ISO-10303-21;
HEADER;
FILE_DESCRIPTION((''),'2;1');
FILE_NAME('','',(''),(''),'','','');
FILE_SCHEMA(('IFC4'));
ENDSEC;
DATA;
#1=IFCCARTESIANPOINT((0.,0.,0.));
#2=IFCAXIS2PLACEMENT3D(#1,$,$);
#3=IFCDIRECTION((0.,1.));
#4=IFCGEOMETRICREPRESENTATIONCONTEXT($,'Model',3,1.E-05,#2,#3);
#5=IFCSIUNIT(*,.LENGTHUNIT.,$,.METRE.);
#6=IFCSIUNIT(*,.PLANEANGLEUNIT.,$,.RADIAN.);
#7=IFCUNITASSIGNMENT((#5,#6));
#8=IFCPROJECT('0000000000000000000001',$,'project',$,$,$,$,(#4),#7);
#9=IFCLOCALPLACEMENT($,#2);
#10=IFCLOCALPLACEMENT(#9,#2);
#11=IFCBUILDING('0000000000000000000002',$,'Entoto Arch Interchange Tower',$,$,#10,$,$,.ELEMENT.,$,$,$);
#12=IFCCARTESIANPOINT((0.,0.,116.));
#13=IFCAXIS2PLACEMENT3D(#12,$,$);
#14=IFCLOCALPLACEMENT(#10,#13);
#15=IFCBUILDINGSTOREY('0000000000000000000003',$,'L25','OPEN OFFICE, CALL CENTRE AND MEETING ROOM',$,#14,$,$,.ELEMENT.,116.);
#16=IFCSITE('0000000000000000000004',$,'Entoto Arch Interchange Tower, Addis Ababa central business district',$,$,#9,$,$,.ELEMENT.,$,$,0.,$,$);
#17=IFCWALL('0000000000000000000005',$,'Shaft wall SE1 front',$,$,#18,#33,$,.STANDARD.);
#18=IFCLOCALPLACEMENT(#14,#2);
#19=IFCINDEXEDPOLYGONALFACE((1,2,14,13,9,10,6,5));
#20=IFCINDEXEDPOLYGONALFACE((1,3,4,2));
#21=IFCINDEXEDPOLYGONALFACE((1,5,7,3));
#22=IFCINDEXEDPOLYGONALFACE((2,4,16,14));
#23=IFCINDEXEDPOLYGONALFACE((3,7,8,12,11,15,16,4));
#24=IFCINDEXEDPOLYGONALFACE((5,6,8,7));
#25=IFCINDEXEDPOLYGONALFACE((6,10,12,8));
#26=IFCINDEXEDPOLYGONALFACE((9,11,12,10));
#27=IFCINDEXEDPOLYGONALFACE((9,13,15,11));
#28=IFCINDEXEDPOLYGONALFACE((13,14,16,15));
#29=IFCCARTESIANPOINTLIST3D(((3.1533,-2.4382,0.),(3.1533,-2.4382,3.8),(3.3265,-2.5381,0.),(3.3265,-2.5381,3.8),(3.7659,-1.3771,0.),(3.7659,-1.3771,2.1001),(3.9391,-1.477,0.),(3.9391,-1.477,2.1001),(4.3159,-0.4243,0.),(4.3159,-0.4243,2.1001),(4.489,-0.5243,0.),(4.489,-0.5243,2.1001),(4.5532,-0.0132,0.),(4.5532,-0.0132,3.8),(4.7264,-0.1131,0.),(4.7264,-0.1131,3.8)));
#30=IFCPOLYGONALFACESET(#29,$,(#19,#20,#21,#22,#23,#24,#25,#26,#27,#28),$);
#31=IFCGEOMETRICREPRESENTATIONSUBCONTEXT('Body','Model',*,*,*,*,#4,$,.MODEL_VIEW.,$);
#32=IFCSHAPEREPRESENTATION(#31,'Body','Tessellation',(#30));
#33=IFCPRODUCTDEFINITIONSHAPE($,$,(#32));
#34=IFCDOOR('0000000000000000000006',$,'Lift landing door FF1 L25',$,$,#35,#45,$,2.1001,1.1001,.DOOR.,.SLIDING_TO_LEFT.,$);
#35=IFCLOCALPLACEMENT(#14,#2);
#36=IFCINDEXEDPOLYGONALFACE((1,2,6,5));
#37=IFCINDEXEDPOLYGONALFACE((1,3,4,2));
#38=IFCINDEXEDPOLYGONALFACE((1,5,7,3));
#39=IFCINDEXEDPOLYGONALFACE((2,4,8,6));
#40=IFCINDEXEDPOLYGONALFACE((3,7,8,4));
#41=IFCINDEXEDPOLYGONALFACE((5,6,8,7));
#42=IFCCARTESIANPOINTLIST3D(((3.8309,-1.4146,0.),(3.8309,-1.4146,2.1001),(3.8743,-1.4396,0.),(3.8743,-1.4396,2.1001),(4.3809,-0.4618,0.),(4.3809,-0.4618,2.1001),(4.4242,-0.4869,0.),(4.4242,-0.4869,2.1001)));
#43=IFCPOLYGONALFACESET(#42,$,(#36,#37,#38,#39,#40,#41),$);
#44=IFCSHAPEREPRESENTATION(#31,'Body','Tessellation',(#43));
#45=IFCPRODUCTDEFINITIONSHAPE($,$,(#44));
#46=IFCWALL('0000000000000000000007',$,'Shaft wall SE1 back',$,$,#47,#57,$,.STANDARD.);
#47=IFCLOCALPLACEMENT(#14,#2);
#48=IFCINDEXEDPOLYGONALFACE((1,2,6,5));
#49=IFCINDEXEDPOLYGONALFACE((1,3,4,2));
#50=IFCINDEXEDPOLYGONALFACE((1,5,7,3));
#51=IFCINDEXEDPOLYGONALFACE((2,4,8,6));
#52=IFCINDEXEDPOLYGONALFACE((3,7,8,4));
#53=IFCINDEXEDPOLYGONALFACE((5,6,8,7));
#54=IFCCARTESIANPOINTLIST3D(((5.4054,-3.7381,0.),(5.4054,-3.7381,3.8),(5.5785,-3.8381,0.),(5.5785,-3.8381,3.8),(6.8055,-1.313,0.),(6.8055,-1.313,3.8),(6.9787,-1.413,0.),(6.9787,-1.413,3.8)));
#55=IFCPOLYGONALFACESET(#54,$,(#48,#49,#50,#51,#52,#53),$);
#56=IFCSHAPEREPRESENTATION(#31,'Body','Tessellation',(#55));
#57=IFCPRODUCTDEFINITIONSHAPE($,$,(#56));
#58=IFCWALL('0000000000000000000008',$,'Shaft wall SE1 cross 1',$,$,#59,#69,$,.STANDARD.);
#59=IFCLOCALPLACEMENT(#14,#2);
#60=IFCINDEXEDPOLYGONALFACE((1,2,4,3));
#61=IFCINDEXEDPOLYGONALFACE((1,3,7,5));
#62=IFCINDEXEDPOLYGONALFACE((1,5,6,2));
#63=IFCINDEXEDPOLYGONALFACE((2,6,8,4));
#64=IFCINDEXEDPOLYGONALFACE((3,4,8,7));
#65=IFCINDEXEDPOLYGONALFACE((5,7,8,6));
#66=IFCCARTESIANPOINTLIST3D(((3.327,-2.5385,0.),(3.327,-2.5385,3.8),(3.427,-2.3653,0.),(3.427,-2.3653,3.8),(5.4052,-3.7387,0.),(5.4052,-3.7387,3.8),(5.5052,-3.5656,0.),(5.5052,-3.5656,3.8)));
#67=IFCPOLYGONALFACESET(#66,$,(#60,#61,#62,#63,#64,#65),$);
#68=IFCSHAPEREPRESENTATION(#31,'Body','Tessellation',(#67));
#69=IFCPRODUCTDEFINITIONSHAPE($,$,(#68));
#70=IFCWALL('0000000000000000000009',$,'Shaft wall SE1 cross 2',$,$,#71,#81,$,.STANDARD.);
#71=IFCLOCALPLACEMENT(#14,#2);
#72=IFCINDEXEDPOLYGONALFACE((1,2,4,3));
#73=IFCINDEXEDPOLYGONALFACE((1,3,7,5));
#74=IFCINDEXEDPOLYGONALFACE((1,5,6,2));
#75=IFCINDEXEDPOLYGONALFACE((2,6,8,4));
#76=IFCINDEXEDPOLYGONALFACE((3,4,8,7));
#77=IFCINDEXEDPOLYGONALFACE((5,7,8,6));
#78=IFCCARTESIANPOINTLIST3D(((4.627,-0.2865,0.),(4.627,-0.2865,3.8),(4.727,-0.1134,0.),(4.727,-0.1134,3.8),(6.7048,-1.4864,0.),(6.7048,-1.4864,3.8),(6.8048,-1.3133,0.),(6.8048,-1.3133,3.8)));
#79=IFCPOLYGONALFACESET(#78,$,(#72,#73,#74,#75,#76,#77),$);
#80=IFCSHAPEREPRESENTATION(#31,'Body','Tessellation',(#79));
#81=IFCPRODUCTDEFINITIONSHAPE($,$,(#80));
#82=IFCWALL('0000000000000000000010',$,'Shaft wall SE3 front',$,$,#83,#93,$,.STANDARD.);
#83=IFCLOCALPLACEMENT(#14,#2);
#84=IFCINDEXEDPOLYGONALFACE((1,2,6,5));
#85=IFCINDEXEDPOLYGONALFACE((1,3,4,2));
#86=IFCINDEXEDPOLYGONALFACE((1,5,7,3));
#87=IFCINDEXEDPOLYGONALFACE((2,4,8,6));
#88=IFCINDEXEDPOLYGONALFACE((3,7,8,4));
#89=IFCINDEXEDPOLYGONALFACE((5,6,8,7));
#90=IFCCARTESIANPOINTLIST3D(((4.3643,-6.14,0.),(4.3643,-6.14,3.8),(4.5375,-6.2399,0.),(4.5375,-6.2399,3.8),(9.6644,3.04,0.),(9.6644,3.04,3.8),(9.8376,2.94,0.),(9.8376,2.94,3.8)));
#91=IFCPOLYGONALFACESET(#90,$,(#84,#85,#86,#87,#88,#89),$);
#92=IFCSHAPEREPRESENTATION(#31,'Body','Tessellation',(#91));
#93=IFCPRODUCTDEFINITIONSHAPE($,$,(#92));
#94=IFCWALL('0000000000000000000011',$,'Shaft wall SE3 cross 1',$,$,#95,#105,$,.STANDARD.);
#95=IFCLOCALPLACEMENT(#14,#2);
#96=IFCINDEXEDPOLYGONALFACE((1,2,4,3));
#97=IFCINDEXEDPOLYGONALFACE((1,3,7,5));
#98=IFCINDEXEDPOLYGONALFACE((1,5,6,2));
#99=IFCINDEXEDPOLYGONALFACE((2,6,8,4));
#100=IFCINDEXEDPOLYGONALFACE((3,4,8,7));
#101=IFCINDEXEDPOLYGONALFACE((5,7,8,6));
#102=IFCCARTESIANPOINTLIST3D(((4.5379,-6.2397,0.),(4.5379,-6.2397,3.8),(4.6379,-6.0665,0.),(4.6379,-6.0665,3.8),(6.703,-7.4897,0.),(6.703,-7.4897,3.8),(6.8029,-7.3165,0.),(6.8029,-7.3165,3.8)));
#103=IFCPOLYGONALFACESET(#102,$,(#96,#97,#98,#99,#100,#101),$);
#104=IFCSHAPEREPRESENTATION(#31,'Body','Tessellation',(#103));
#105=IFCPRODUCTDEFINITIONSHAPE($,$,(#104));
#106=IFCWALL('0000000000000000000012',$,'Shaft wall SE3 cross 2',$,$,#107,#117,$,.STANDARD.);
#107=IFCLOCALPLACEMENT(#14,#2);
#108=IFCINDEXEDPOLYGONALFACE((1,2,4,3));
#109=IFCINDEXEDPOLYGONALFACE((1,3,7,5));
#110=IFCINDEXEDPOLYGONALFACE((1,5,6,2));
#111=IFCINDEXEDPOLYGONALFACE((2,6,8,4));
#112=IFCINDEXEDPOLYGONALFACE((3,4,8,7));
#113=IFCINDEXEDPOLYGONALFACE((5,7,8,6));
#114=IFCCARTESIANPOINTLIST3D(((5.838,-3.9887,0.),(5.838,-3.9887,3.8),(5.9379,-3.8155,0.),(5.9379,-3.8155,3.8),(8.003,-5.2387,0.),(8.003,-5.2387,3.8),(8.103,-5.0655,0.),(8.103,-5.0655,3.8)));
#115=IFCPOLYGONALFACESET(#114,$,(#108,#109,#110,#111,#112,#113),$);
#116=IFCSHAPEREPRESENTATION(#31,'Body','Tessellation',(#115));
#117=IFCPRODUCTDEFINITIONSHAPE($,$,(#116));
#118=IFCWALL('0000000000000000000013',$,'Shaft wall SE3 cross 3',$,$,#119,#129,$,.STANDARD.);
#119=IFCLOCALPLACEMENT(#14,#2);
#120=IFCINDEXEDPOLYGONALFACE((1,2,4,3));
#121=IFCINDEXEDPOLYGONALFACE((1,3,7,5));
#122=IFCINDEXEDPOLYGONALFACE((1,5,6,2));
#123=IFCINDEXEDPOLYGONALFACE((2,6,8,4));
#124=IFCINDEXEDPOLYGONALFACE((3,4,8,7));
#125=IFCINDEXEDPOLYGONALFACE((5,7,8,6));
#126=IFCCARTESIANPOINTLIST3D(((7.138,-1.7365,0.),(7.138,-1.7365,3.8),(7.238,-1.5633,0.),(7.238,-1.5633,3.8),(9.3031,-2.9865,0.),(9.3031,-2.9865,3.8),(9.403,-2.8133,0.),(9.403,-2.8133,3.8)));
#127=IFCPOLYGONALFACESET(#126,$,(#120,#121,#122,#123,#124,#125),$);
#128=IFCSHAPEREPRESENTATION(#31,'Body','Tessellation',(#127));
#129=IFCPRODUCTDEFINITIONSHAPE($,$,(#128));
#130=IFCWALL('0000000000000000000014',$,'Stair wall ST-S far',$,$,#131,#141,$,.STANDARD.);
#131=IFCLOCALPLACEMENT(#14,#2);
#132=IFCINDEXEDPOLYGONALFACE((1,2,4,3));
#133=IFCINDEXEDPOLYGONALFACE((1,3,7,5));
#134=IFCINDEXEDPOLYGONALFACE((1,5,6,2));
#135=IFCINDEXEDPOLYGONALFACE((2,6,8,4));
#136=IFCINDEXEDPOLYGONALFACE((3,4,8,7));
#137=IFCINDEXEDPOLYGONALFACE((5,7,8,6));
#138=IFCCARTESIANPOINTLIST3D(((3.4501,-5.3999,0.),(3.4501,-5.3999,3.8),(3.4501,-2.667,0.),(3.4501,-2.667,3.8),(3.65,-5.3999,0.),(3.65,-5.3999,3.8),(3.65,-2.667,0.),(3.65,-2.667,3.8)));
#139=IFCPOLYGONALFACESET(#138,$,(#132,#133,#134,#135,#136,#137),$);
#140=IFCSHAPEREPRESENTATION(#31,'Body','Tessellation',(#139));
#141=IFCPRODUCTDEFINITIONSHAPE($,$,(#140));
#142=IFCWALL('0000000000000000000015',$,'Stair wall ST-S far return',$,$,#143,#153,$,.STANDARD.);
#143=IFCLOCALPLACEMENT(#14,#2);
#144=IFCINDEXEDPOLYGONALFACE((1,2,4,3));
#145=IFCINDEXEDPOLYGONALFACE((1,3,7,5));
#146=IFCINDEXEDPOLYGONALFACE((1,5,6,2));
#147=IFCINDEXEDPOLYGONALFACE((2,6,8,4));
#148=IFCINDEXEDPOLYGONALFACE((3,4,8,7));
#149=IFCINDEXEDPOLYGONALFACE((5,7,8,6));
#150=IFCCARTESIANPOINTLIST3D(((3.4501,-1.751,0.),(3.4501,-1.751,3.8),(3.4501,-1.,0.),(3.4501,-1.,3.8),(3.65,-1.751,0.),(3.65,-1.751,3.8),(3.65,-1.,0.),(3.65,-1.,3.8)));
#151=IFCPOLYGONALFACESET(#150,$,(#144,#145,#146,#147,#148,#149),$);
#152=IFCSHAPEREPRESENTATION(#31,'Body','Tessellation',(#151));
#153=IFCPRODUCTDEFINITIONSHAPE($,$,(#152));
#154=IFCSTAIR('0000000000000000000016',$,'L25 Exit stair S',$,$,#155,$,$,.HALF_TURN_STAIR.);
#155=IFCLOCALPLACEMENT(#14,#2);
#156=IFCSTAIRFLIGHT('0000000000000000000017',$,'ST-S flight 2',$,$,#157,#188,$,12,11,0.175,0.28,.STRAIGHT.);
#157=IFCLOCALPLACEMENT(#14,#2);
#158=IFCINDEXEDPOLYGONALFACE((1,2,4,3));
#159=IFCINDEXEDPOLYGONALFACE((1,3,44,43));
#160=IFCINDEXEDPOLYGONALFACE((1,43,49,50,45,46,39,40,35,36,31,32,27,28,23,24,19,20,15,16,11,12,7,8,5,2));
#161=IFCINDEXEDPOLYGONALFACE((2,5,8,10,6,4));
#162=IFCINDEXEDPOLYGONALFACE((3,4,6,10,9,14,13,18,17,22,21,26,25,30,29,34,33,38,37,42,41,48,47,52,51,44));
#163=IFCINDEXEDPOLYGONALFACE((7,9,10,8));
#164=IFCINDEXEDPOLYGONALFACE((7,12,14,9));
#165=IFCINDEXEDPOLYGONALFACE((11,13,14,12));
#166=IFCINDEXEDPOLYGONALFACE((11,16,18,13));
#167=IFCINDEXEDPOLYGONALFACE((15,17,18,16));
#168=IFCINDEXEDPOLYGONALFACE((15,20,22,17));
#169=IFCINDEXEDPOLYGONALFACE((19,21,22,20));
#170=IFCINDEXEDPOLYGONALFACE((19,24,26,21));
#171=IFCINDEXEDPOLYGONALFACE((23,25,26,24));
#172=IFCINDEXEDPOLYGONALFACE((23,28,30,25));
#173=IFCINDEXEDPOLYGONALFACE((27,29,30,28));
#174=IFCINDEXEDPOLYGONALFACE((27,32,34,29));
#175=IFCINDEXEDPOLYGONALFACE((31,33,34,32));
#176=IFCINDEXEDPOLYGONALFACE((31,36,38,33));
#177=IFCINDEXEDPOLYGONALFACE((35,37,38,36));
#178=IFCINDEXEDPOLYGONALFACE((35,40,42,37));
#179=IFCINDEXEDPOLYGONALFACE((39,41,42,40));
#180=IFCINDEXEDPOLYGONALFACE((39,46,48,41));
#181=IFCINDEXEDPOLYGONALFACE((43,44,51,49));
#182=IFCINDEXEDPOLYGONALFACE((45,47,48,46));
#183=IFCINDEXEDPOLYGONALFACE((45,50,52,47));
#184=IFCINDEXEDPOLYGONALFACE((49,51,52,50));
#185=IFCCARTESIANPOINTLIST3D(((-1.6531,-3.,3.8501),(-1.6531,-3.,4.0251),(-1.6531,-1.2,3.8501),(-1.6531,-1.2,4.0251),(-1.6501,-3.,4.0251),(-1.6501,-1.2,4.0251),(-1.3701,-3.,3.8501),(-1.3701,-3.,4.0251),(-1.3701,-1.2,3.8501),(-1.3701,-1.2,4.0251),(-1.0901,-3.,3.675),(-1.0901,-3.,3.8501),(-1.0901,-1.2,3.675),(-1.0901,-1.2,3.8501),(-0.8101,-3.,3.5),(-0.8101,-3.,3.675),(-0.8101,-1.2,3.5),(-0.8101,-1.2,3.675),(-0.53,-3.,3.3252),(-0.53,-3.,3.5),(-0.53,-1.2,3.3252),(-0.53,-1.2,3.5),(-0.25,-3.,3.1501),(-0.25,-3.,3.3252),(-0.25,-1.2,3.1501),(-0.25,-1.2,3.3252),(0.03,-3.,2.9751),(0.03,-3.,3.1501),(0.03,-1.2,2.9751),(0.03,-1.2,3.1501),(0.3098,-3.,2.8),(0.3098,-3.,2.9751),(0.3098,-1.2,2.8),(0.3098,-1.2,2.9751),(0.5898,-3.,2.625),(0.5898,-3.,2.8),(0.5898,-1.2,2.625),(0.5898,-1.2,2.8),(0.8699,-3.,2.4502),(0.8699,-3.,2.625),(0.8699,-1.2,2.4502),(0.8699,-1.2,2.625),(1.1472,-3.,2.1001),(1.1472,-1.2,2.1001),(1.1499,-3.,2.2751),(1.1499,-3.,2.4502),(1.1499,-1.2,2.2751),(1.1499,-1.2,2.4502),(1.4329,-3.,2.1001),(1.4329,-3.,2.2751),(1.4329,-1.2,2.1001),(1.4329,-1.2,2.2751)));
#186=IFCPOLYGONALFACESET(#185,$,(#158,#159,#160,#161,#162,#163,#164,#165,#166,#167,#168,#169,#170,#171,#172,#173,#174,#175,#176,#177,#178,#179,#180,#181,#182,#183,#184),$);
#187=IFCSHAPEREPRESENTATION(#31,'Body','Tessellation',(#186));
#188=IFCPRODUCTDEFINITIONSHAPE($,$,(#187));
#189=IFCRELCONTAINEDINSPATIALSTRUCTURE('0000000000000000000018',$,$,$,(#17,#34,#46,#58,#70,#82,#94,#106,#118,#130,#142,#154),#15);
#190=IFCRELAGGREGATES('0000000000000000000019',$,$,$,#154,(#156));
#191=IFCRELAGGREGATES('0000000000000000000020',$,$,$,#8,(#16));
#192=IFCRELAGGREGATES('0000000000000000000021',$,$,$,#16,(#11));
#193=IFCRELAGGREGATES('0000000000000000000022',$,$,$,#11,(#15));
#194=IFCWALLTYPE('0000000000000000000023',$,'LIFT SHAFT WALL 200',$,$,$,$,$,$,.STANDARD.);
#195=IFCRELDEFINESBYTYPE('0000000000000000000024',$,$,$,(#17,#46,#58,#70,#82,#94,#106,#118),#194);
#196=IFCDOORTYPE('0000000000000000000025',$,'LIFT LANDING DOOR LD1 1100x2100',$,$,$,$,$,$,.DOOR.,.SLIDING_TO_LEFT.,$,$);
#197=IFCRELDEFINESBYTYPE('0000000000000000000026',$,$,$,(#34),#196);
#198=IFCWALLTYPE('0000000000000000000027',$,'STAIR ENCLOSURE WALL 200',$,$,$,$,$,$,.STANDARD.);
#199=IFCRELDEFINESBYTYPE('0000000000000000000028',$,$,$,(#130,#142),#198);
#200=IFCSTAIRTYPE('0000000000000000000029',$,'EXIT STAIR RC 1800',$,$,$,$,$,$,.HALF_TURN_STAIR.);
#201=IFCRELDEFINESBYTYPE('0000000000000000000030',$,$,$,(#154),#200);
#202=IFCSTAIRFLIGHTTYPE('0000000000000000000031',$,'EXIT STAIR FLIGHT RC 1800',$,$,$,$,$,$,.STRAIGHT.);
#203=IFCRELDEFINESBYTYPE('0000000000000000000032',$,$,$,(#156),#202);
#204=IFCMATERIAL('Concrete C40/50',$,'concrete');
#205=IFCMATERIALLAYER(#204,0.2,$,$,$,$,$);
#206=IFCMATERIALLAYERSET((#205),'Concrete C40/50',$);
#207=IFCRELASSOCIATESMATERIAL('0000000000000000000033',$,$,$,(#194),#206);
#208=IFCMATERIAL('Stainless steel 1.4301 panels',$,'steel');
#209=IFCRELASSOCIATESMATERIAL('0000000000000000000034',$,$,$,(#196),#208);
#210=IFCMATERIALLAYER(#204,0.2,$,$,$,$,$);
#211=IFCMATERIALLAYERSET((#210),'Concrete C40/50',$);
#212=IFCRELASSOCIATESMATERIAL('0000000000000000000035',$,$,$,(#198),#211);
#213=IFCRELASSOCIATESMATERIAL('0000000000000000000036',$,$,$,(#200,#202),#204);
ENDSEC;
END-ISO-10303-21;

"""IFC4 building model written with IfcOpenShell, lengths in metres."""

from ifc_helpers import new_model, si_unit, direction, frame, frame_2d, origin, place, context, subcontext, project, spatial, polyline, rectangle, outline, extrude, material, layer, layer_set, type_object, element, fill, aggregate, save


model = new_model("IFC4")

# Units and contexts
model_context = context("Model", 3, precision=1e-05, world=origin(), true_north=direction((0.0, 1.0)))
body_context = subcontext(model_context, "Body", "Model", "MODEL_VIEW")
ifc_project = project(units=[si_unit("LENGTHUNIT", "METRE"), si_unit("PLANEANGLEUNIT", "RADIAN")], contexts=[model_context])

# Site, building, storey
site_placement = place(None, origin())
site = spatial("IfcSite", under=ifc_project, at=site_placement, Name="Entoto Arch Interchange Tower, Addis Ababa central business district", CompositionType="ELEMENT", RefElevation=0.0)
building_placement = place(site_placement, origin())
building = spatial("IfcBuilding", under=site, at=building_placement, Name="Entoto Arch Interchange Tower", CompositionType="ELEMENT")
storey_placement = place(building_placement, frame((0.0, 0.0, 116.0)))
storey = spatial("IfcBuildingStorey", under=building, at=storey_placement, Name="L25", Description="OPEN OFFICE, CALL CENTRE AND MEETING ROOM", CompositionType="ELEMENT", Elevation=116.0)

# Wall, opening, door
ifc_material_1 = material(Name="Concrete C40/50", Category="concrete")
ifc_material_2 = material(Name="Stainless steel 1.4301 panels", Category="steel")
ifc_layer_1 = layer(ifc_material_1, 0.2)
ifc_layer_set_1 = layer_set([ifc_layer_1], Name="Concrete C40/50")
wall_type_1 = type_object("IfcWallType", Name="LIFT SHAFT WALL 200", PredefinedType="STANDARD", material=ifc_layer_set_1)
wall_1_placement = place(storey_placement, frame((3.24, -2.488, 0.0), z_axis=(0.0, 0.0, 1.0), x_axis=(0.499946, 0.866056, 0.0)))
wall_1 = element("IfcWall", 1, at=wall_1_placement, inside=storey, type_object=wall_type_1, Name="Shaft wall SE1 front", PredefinedType="STANDARD", context=body_context, shape_type="SweptSolid", body=[
    extrude(rectangle(XDim=2.8, YDim=0.2, at=frame_2d((1.3999, 0.0))), origin(), (0.0, 0.0, 1.0), 3.8),
])
opening_1_placement = place(wall_1_placement, frame((1.2251, 0.0, 0.0)))
opening_1 = element("IfcOpeningElement", 2, at=opening_1_placement, cuts=wall_1, PredefinedType="OPENING", context=body_context, shape_type="SweptSolid", body=[
    extrude(rectangle(XDim=1.1001, YDim=2.1001, at=frame_2d((0.55, 1.05))), frame((0.0, 0.1099, 0.0), z_axis=(0.0, -1.0, 0.0), x_axis=(1.0, 0.0, 0.0)), (0.0, 0.0, 1.0), 0.22),
])
door_type_1 = type_object("IfcDoorType", Name="LIFT LANDING DOOR LD1 1100x2100", OperationType="SLIDING_TO_LEFT", PredefinedType="DOOR", material=ifc_material_2)
door_1_placement = place(opening_1_placement, origin())
door_1 = element("IfcDoor", 3, at=door_1_placement, inside=storey, type_object=door_type_1, Name="Lift landing door FF1 L25", OperationType="SLIDING_TO_LEFT", OverallHeight=2.1001, OverallWidth=1.1001, PredefinedType="DOOR", context=body_context, shape_type="SweptSolid", body=[
    extrude(rectangle(XDim=1.1001, YDim=2.1001, at=frame_2d((0.55, 1.05))), frame((0.0, 0.0249, 0.0), z_axis=(0.0, -1.0, 0.0), x_axis=(1.0, 0.0, 0.0)), (0.0, 0.0, 1.0), 0.05),
])
fill(opening_1, door_1)

# Walls
wall_2_placement = place(storey_placement, frame((5.4919, -3.7881, 0.0), z_axis=(0.0, 0.0, 1.0), x_axis=(0.500012, 0.866019, 0.0)))
element("IfcWall", 4, at=wall_2_placement, inside=storey, type_object=wall_type_1, Name="Shaft wall SE1 back", PredefinedType="STANDARD", context=body_context, shape_type="SweptSolid", body=[
    extrude(rectangle(XDim=2.8003, YDim=0.2, at=frame_2d((1.4001, 0.0))), origin(), (0.0, 0.0, 1.0), 3.8),
])
wall_3_placement = place(storey_placement, frame((3.377, -2.4519, 0.0), z_axis=(0.0, 0.0, 1.0), x_axis=(0.865955, -0.500122, 0.0)))
element("IfcWall", 5, at=wall_3_placement, inside=storey, type_object=wall_type_1, Name="Shaft wall SE1 cross 1", PredefinedType="STANDARD", context=body_context, shape_type="SweptSolid", body=[
    extrude(rectangle(XDim=2.3999, YDim=0.2, at=frame_2d((1.2, 0.0))), origin(), (0.0, 0.0, 1.0), 3.8),
])
wall_4_placement = place(storey_placement, frame((4.677, -0.2, 0.0), z_axis=(0.0, 0.0, 1.0), x_axis=(0.865974, -0.500089, 0.0)))
element("IfcWall", 6, at=wall_4_placement, inside=storey, type_object=wall_type_1, Name="Shaft wall SE1 cross 2", PredefinedType="STANDARD", context=body_context, shape_type="SweptSolid", body=[
    extrude(rectangle(XDim=2.3994, YDim=0.2, at=frame_2d((1.1997, 0.0))), origin(), (0.0, 0.0, 1.0), 3.8),
])
wall_5_placement = place(storey_placement, frame((4.4509, -6.1899, 0.0), z_axis=(0.0, 0.0, 1.0), x_axis=(0.500001, 0.866025, 0.0)))
element("IfcWall", 7, at=wall_5_placement, inside=storey, type_object=wall_type_1, Name="Shaft wall SE3 front", PredefinedType="STANDARD", context=body_context, shape_type="SweptSolid", body=[
    extrude(rectangle(XDim=10.6001, YDim=0.2, at=frame_2d((5.3, 0.0))), origin(), (0.0, 0.0, 1.0), 3.8),
])
for number, where, z_axis, x_axis, name in (
    (8, (4.5879, -6.1531, 0.0), (0.0, 0.0, 1.0), (0.866023, -0.500004, 0.0), "Shaft wall SE3 cross 1"),
    (9, (5.8879, -3.9021, 0.0), (0.0, 0.0, 1.0), (0.866023, -0.500004, 0.0), "Shaft wall SE3 cross 2"),
    (10, (7.188, -1.6499, 0.0), (0.0, 0.0, 1.0), (0.866023, -0.500004, 0.0), "Shaft wall SE3 cross 3"),
):
    element("IfcWall", number, at=place(storey_placement, frame(where, z_axis=z_axis, x_axis=x_axis)), inside=storey, type_object=wall_type_1, Name=name, PredefinedType="STANDARD", context=body_context, shape_type="SweptSolid", body=[
        extrude(rectangle(XDim=2.5, YDim=0.2, at=frame_2d((1.25, 0.0))), origin(), (0.0, 0.0, 1.0), 3.8),
    ])
ifc_layer_2 = layer(ifc_material_1, 0.2)
ifc_layer_set_2 = layer_set([ifc_layer_2], Name="Concrete C40/50")
wall_type_2 = type_object("IfcWallType", Name="STAIR ENCLOSURE WALL 200", PredefinedType="STANDARD", material=ifc_layer_set_2)
wall_6_placement = place(storey_placement, frame((3.55, -2.667, 0.0), z_axis=(0.0, 0.0, 1.0), x_axis=(0.0, -1.0, 0.0)))
element("IfcWall", 11, at=wall_6_placement, inside=storey, type_object=wall_type_2, Name="Stair wall ST-S far", PredefinedType="STANDARD", context=body_context, shape_type="SweptSolid", body=[
    extrude(rectangle(XDim=2.7329, YDim=0.2, at=frame_2d((1.3665, 0.0))), origin(), (0.0, 0.0, 1.0), 3.8),
])
wall_7_placement = place(storey_placement, frame((3.55, -1.0, 0.0), z_axis=(0.0, 0.0, 1.0), x_axis=(0.0, -1.0, 0.0)))
element("IfcWall", 12, at=wall_7_placement, inside=storey, type_object=wall_type_2, Name="Stair wall ST-S far return", PredefinedType="STANDARD", context=body_context, shape_type="SweptSolid", body=[
    extrude(rectangle(XDim=0.751, YDim=0.2, at=frame_2d((0.3755, 0.0))), origin(), (0.0, 0.0, 1.0), 3.8),
])

# Stair, stair flight
stair_type = type_object("IfcStairType", Name="EXIT STAIR RC 1800", PredefinedType="HALF_TURN_STAIR", material=ifc_material_1)
stair_placement = place(storey_placement, origin())
stair = element("IfcStair", 13, at=stair_placement, inside=storey, type_object=stair_type, Name="L25 Exit stair S", PredefinedType="HALF_TURN_STAIR")
stair_flight_type = type_object("IfcStairFlightType", Name="EXIT STAIR FLIGHT RC 1800", PredefinedType="STRAIGHT", material=ifc_material_1)
stair_flight_placement = place(storey_placement, frame((1.4299, -2.1001, 2.1001), z_axis=(0.0, 0.0, 1.0), x_axis=(-1.0, 0.0, 0.0)))
stair_flight = element("IfcStairFlight", 14, at=stair_flight_placement, type_object=stair_flight_type, Name="ST-S flight 2", NumberOfRisers=12, NumberOfTreads=11, PredefinedType="STRAIGHT", RiserHeight=0.175, TreadLength=0.28, context=body_context, shape_type="SweptSolid", body=[
    extrude(outline(polyline([(-0.0029, 0.0), (-0.0029, 0.175), (0.28, 0.175), (0.28, 0.3501), (0.5601, 0.3501), (0.5601, 0.5249), (0.8401, 0.5249), (0.8401, 0.7), (1.1201, 0.7), (1.1201, 0.875), (1.3999, 0.875), (1.3999, 1.05), (1.6799, 1.05), (1.6799, 1.2251), (1.96, 1.2251), (1.96, 1.3999), (2.24, 1.3999), (2.24, 1.575), (2.52, 1.575), (2.52, 1.75), (2.8, 1.75), (2.8, 1.925), (3.0801, 1.925), (3.083, 1.925), (3.083, 1.75), (0.2827, 0.0), (-0.0029, 0.0)])), frame((0.0, 0.8999, 0.0), z_axis=(0.0, -1.0, 0.0), x_axis=(1.0, 0.0, 0.0)), (0.0, 0.0, 1.0), 1.8),
])
aggregate(stair, [stair_flight])

save(model, "model.ifc")
